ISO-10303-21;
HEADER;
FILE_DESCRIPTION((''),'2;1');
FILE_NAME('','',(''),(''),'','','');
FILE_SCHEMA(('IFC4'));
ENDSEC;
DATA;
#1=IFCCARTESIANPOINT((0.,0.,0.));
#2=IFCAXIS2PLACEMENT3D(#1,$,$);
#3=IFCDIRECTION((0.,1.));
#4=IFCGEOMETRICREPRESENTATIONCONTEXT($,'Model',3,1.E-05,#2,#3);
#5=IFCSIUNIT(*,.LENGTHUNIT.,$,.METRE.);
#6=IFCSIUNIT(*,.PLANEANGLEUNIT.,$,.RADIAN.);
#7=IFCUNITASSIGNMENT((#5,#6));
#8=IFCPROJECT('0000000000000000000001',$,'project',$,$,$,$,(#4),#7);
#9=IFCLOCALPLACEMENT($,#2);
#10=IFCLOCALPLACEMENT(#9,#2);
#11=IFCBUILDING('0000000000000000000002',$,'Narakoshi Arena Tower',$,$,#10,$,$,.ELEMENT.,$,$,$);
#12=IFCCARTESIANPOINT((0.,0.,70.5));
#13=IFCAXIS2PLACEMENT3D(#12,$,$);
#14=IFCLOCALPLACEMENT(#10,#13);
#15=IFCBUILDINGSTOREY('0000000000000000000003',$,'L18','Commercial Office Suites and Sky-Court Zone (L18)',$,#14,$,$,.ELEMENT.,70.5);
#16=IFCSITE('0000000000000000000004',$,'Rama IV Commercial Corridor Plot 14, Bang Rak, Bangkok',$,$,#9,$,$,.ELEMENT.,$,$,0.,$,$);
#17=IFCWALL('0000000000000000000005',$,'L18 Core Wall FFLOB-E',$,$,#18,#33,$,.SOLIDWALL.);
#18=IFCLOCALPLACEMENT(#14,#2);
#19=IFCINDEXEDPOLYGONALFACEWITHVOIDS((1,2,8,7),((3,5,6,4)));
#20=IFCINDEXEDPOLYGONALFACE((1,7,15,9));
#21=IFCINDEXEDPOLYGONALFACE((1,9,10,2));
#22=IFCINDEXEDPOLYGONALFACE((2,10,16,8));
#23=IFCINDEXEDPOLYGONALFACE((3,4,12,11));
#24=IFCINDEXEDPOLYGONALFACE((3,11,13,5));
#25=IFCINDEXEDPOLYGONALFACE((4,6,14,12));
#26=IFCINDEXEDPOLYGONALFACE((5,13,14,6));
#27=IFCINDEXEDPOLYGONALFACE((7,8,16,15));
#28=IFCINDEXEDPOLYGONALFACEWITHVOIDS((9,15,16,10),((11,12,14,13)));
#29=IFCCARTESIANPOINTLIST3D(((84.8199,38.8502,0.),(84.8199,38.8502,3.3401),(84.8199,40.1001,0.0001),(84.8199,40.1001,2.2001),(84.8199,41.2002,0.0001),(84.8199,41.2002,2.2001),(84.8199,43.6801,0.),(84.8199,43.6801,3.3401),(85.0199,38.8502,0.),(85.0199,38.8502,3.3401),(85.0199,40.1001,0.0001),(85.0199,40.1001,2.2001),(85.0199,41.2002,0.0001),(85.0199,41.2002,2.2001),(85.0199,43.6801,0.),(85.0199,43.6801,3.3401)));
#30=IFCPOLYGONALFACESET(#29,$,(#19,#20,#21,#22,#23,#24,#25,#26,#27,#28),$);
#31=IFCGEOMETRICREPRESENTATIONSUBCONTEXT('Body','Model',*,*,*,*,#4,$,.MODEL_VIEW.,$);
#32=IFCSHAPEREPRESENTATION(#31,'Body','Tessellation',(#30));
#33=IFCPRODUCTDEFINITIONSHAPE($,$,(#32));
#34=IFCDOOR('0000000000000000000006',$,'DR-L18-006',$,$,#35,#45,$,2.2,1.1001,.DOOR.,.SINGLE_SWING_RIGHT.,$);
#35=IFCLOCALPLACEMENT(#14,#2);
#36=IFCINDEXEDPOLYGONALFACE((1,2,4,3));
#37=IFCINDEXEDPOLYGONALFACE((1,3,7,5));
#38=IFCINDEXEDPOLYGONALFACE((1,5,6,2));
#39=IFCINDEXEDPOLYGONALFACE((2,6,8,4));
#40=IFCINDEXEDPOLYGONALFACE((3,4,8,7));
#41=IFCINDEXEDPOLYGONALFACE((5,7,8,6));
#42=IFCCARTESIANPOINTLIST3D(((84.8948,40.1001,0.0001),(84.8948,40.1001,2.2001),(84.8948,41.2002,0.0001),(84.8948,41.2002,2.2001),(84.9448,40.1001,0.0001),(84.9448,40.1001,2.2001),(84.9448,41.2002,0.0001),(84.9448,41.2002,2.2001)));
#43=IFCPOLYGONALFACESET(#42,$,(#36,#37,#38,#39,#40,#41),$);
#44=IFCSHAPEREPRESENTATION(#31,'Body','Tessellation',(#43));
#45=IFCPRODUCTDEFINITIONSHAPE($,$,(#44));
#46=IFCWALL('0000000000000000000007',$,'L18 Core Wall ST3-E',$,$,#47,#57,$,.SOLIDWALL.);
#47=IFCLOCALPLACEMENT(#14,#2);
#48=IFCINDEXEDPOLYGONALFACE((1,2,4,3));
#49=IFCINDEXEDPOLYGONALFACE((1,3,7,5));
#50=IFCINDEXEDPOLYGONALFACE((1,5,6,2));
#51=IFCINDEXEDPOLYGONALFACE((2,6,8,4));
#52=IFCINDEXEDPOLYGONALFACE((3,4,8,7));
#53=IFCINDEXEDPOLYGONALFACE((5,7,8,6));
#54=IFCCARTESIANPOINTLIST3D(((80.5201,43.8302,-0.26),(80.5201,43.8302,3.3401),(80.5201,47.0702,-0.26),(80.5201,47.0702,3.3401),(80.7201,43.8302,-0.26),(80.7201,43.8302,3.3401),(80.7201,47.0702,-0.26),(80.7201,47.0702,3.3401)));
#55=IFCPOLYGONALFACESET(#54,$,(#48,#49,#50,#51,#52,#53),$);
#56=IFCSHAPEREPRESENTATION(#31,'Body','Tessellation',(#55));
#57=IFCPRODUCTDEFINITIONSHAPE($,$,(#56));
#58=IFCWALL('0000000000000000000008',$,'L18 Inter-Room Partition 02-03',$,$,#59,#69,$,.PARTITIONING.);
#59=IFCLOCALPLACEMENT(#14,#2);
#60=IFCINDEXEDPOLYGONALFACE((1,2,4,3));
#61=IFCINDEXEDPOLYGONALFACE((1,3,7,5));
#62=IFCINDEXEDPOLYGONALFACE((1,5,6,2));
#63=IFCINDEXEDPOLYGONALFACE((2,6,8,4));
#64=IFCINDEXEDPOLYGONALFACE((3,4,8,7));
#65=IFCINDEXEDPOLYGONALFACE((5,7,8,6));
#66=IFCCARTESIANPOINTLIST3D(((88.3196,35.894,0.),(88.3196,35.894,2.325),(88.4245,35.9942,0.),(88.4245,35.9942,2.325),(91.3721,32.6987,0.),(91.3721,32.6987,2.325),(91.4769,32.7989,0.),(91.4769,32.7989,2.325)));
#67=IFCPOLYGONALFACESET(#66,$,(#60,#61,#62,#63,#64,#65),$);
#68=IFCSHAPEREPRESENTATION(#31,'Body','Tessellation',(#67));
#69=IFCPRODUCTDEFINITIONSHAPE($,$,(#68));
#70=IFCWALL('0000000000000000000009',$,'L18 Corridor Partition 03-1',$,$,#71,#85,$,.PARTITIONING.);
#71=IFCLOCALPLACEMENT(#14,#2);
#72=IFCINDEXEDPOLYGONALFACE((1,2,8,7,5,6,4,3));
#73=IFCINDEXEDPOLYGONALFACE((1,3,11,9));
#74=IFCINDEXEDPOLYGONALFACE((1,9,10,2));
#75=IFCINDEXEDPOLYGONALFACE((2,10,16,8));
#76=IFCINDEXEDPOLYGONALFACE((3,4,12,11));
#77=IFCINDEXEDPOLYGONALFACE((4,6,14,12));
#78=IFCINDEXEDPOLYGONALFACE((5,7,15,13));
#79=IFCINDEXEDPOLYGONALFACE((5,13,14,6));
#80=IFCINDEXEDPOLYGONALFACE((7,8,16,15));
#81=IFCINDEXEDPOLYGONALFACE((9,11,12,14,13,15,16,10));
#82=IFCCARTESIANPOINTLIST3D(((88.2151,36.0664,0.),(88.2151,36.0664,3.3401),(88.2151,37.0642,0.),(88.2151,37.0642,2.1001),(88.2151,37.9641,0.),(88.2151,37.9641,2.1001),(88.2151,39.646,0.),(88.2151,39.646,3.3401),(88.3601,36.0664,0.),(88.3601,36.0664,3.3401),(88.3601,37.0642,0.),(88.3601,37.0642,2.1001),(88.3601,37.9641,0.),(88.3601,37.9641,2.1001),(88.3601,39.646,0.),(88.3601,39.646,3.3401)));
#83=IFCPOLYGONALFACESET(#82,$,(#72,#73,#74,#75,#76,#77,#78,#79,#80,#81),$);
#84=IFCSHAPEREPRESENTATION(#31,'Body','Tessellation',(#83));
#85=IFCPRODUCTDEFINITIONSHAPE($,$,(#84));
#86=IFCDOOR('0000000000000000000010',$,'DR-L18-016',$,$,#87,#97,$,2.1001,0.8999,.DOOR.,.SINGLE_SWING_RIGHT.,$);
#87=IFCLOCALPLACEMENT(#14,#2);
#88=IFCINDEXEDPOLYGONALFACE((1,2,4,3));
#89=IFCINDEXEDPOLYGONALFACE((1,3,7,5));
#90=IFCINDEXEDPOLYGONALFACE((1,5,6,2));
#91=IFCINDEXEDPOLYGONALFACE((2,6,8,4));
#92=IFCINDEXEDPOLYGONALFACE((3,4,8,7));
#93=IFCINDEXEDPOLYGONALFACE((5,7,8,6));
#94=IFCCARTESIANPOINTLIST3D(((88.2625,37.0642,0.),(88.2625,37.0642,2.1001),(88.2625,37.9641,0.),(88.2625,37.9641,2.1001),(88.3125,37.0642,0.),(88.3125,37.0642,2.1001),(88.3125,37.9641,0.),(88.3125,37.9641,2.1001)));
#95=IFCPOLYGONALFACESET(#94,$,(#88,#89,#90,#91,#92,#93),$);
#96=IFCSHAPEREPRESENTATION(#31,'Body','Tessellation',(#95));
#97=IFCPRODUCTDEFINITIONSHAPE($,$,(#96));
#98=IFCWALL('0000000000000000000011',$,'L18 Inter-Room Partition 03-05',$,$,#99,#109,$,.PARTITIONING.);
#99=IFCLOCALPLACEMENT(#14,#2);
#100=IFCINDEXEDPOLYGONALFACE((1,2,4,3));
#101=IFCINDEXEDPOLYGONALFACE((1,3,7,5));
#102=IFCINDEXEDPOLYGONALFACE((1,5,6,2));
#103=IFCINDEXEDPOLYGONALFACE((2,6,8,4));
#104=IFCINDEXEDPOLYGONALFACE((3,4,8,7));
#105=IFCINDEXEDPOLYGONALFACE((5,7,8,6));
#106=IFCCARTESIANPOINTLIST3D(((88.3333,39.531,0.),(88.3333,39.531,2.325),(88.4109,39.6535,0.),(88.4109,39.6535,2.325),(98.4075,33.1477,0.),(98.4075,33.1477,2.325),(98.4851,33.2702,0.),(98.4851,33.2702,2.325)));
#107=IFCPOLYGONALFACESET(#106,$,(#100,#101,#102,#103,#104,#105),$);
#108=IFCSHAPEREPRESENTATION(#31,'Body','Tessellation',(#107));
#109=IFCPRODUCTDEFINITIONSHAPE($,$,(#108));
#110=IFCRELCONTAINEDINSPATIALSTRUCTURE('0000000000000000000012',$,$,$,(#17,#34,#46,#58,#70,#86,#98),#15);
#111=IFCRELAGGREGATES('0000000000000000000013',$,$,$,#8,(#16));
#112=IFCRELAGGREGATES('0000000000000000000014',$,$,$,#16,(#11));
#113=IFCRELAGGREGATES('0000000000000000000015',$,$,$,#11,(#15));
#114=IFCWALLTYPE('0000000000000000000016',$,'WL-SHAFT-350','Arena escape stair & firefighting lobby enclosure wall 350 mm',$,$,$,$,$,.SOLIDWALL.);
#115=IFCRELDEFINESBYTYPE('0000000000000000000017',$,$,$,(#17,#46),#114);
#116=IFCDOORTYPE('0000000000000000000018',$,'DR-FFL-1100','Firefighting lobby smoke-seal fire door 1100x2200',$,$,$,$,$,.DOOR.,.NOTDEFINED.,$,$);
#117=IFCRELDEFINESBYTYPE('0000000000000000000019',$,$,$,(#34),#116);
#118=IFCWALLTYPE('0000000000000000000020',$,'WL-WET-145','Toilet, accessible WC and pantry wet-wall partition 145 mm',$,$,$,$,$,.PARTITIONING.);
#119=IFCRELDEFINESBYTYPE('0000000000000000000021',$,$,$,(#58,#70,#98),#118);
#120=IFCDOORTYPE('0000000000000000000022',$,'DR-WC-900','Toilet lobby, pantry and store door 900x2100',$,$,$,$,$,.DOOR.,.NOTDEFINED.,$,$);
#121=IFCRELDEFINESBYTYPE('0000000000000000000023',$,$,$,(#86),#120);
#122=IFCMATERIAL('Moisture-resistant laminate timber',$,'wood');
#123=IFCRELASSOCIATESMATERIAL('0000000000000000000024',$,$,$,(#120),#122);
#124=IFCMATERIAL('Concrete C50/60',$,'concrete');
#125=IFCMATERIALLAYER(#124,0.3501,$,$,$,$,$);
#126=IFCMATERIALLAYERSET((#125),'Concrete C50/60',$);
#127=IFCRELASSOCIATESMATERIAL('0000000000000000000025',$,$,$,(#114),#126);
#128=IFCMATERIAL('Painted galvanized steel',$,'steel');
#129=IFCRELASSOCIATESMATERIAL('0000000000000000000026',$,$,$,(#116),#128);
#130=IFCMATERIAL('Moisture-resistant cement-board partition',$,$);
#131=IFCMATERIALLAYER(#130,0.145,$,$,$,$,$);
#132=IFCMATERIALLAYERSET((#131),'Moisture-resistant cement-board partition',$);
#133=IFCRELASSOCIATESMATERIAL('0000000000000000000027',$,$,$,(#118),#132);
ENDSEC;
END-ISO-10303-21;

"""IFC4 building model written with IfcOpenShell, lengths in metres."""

from ifc_helpers import new_model, si_unit, direction, frame, frame_2d, origin, place, context, subcontext, project, spatial, rectangle, extrude, material, layer, layer_set, type_object, element, fill, save


model = new_model("IFC4")

# Units and contexts
model_context = context("Model", 3, precision=1e-05, world=origin(), true_north=direction((0.0, 1.0)))
body_context = subcontext(model_context, "Body", "Model", "MODEL_VIEW")
ifc_project = project(units=[si_unit("LENGTHUNIT", "METRE"), si_unit("PLANEANGLEUNIT", "RADIAN")], contexts=[model_context])

# Site, building, storey
site_placement = place(None, origin())
site = spatial("IfcSite", under=ifc_project, at=site_placement, Name="Rama IV Commercial Corridor Plot 14, Bang Rak, Bangkok", CompositionType="ELEMENT", RefElevation=0.0)
building_placement = place(site_placement, origin())
building = spatial("IfcBuilding", under=site, at=building_placement, Name="Narakoshi Arena Tower", CompositionType="ELEMENT")
storey_placement = place(building_placement, frame((0.0, 0.0, 70.5)))
storey = spatial("IfcBuildingStorey", under=building, at=storey_placement, Name="L18", Description="Commercial Office Suites and Sky-Court Zone (L18)", CompositionType="ELEMENT", Elevation=70.5)

# Shared definitions
ifc_material_1 = material(Name="Moisture-resistant laminate timber", Category="wood")
door_type_1 = type_object("IfcDoorType", Name="DR-WC-900", Description="Toilet lobby, pantry and store door 900x2100", OperationType="NOTDEFINED", PredefinedType="DOOR", material=ifc_material_1)

# Shared definitions
ifc_material_2 = material(Name="Concrete C50/60", Category="concrete")
ifc_layer_1 = layer(ifc_material_2, 0.3501)
ifc_layer_set_1 = layer_set([ifc_layer_1], Name="Concrete C50/60")
wall_type_1 = type_object("IfcWallType", Name="WL-SHAFT-350", Description="Arena escape stair & firefighting lobby enclosure wall 350 mm", PredefinedType="SOLIDWALL", material=ifc_layer_set_1)
ifc_material_3 = material(Name="Painted galvanized steel", Category="steel")

# Wall, opening, door
wall_1_placement = place(storey_placement, frame((84.9199, 38.8501, 0.0), z_axis=(0.0, 0.0, 1.0), x_axis=(0.0, 1.0, 0.0)))
wall_1 = element("IfcWall", 1, at=wall_1_placement, inside=storey, type_object=wall_type_1, Name="L18 Core Wall FFLOB-E", PredefinedType="SOLIDWALL", context=body_context, shape_type="SweptSolid", body=[
    extrude(rectangle(XDim=4.8298, YDim=0.2, at=frame_2d((2.415, 0.0))), origin(), (0.0, 0.0, 1.0), 3.3401),
])
opening_1_placement = place(wall_1_placement, frame((1.25, 0.0, 0.0)))
opening_1 = element("IfcOpeningElement", 2, at=opening_1_placement, cuts=wall_1, PredefinedType="OPENING", context=body_context, shape_type="SweptSolid", body=[
    extrude(rectangle(XDim=1.1001, YDim=2.2, at=frame_2d((0.55, 1.1001))), frame((0.0, 0.1099, 0.0), z_axis=(0.0, -1.0, 0.0), x_axis=(1.0, 0.0, 0.0)), (0.0, 0.0, 1.0), 0.22),
])
door_type_2 = type_object("IfcDoorType", Name="DR-FFL-1100", Description="Firefighting lobby smoke-seal fire door 1100x2200", OperationType="NOTDEFINED", PredefinedType="DOOR", material=ifc_material_3)
door_1_placement = place(opening_1_placement, frame((1.1001, 0.0, 0.0), z_axis=(0.0, 0.0, 1.0), x_axis=(-1.0, 0.0, 0.0)))
door_1 = element("IfcDoor", 3, at=door_1_placement, inside=storey, type_object=door_type_2, Name="DR-L18-006", OperationType="SINGLE_SWING_RIGHT", OverallHeight=2.2, OverallWidth=1.1001, PredefinedType="DOOR", context=body_context, shape_type="SweptSolid", body=[
    extrude(rectangle(XDim=1.1001, YDim=2.2, at=frame_2d((0.55, 1.1001))), frame((0.0, 0.0249, 0.0), z_axis=(0.0, -1.0, 0.0), x_axis=(1.0, 0.0, 0.0)), (0.0, 0.0, 1.0), 0.05),
])
fill(opening_1, door_1)

# Walls
wall_2_placement = place(storey_placement, frame((80.6201, 43.8301, -0.26), z_axis=(0.0, 0.0, 1.0), x_axis=(0.0, 1.0, 0.0)))
element("IfcWall", 4, at=wall_2_placement, inside=storey, type_object=wall_type_1, Name="L18 Core Wall ST3-E", PredefinedType="SOLIDWALL", context=body_context, shape_type="SweptSolid", body=[
    extrude(rectangle(XDim=3.24, YDim=0.2, at=frame_2d((1.6201, 0.0))), origin(), (0.0, 0.0, 1.0), 3.6001),
])
ifc_material_4 = material(Name="Moisture-resistant cement-board partition")
ifc_layer_2 = layer(ifc_material_4, 0.145)
ifc_layer_set_2 = layer_set([ifc_layer_2], Name="Moisture-resistant cement-board partition")
wall_type_2 = type_object("IfcWallType", Name="WL-WET-145", Description="Toilet, accessible WC and pantry wet-wall partition 145 mm", PredefinedType="PARTITIONING", material=ifc_layer_set_2)
wall_3_placement = place(storey_placement, frame((88.3721, 35.9441, 0.0), z_axis=(0.0, 0.0, 1.0), x_axis=(0.690762, -0.723082, 0.0)))
element("IfcWall", 5, at=wall_3_placement, inside=storey, type_object=wall_type_2, Name="L18 Inter-Room Partition 02-03", PredefinedType="PARTITIONING", context=body_context, shape_type="SweptSolid", body=[
    extrude(rectangle(XDim=4.4189, YDim=0.145, at=frame_2d((2.2095, 0.0))), origin(), (0.0, 0.0, 1.0), 2.325),
])

# Wall, opening, door
wall_4_placement = place(storey_placement, frame((88.2876, 36.0664, 0.0), z_axis=(0.0, 0.0, 1.0), x_axis=(0.0, 1.0, 0.0)))
wall_4 = element("IfcWall", 6, at=wall_4_placement, inside=storey, type_object=wall_type_2, Name="L18 Corridor Partition 03-1", PredefinedType="PARTITIONING", context=body_context, shape_type="SweptSolid", body=[
    extrude(rectangle(XDim=3.5796, YDim=0.145, at=frame_2d((1.7898, 0.0))), origin(), (0.0, 0.0, 1.0), 3.3401),
])
opening_2_placement = place(wall_4_placement, frame((0.9978, 0.0, 0.0)))
opening_2 = element("IfcOpeningElement", 7, at=opening_2_placement, cuts=wall_4, PredefinedType="OPENING", context=body_context, shape_type="SweptSolid", body=[
    extrude(rectangle(XDim=0.8999, YDim=2.1001, at=frame_2d((0.45, 1.05))), frame((0.0, 0.0825, 0.0), z_axis=(0.0, -1.0, 0.0), x_axis=(1.0, 0.0, 0.0)), (0.0, 0.0, 1.0), 0.165),
])
door_2_placement = place(opening_2_placement, frame((0.8999, 0.0, 0.0), z_axis=(0.0, 0.0, 1.0), x_axis=(-1.0, 0.0, 0.0)))
door_2 = element("IfcDoor", 8, at=door_2_placement, inside=storey, type_object=door_type_1, Name="DR-L18-016", OperationType="SINGLE_SWING_RIGHT", OverallHeight=2.1001, OverallWidth=0.8999, PredefinedType="DOOR", context=body_context, shape_type="SweptSolid", body=[
    extrude(rectangle(XDim=0.8999, YDim=2.1001, at=frame_2d((0.45, 1.05))), frame((0.0, 0.0249, 0.0), z_axis=(0.0, -1.0, 0.0), x_axis=(1.0, 0.0, 0.0)), (0.0, 0.0, 1.0), 0.05),
])
fill(opening_2, door_2)

# Wall
wall_5_placement = place(storey_placement, frame((88.3721, 39.5923, 0.0), z_axis=(0.0, 0.0, 1.0), x_axis=(0.844707, -0.535229, 0.0)))
element("IfcWall", 9, at=wall_5_placement, inside=storey, type_object=wall_type_2, Name="L18 Inter-Room Partition 03-05", PredefinedType="PARTITIONING", context=body_context, shape_type="SweptSolid", body=[
    extrude(rectangle(XDim=11.9263, YDim=0.145, at=frame_2d((5.9631, 0.0))), origin(), (0.0, 0.0, 1.0), 2.325),
])

save(model, "model.ifc")
